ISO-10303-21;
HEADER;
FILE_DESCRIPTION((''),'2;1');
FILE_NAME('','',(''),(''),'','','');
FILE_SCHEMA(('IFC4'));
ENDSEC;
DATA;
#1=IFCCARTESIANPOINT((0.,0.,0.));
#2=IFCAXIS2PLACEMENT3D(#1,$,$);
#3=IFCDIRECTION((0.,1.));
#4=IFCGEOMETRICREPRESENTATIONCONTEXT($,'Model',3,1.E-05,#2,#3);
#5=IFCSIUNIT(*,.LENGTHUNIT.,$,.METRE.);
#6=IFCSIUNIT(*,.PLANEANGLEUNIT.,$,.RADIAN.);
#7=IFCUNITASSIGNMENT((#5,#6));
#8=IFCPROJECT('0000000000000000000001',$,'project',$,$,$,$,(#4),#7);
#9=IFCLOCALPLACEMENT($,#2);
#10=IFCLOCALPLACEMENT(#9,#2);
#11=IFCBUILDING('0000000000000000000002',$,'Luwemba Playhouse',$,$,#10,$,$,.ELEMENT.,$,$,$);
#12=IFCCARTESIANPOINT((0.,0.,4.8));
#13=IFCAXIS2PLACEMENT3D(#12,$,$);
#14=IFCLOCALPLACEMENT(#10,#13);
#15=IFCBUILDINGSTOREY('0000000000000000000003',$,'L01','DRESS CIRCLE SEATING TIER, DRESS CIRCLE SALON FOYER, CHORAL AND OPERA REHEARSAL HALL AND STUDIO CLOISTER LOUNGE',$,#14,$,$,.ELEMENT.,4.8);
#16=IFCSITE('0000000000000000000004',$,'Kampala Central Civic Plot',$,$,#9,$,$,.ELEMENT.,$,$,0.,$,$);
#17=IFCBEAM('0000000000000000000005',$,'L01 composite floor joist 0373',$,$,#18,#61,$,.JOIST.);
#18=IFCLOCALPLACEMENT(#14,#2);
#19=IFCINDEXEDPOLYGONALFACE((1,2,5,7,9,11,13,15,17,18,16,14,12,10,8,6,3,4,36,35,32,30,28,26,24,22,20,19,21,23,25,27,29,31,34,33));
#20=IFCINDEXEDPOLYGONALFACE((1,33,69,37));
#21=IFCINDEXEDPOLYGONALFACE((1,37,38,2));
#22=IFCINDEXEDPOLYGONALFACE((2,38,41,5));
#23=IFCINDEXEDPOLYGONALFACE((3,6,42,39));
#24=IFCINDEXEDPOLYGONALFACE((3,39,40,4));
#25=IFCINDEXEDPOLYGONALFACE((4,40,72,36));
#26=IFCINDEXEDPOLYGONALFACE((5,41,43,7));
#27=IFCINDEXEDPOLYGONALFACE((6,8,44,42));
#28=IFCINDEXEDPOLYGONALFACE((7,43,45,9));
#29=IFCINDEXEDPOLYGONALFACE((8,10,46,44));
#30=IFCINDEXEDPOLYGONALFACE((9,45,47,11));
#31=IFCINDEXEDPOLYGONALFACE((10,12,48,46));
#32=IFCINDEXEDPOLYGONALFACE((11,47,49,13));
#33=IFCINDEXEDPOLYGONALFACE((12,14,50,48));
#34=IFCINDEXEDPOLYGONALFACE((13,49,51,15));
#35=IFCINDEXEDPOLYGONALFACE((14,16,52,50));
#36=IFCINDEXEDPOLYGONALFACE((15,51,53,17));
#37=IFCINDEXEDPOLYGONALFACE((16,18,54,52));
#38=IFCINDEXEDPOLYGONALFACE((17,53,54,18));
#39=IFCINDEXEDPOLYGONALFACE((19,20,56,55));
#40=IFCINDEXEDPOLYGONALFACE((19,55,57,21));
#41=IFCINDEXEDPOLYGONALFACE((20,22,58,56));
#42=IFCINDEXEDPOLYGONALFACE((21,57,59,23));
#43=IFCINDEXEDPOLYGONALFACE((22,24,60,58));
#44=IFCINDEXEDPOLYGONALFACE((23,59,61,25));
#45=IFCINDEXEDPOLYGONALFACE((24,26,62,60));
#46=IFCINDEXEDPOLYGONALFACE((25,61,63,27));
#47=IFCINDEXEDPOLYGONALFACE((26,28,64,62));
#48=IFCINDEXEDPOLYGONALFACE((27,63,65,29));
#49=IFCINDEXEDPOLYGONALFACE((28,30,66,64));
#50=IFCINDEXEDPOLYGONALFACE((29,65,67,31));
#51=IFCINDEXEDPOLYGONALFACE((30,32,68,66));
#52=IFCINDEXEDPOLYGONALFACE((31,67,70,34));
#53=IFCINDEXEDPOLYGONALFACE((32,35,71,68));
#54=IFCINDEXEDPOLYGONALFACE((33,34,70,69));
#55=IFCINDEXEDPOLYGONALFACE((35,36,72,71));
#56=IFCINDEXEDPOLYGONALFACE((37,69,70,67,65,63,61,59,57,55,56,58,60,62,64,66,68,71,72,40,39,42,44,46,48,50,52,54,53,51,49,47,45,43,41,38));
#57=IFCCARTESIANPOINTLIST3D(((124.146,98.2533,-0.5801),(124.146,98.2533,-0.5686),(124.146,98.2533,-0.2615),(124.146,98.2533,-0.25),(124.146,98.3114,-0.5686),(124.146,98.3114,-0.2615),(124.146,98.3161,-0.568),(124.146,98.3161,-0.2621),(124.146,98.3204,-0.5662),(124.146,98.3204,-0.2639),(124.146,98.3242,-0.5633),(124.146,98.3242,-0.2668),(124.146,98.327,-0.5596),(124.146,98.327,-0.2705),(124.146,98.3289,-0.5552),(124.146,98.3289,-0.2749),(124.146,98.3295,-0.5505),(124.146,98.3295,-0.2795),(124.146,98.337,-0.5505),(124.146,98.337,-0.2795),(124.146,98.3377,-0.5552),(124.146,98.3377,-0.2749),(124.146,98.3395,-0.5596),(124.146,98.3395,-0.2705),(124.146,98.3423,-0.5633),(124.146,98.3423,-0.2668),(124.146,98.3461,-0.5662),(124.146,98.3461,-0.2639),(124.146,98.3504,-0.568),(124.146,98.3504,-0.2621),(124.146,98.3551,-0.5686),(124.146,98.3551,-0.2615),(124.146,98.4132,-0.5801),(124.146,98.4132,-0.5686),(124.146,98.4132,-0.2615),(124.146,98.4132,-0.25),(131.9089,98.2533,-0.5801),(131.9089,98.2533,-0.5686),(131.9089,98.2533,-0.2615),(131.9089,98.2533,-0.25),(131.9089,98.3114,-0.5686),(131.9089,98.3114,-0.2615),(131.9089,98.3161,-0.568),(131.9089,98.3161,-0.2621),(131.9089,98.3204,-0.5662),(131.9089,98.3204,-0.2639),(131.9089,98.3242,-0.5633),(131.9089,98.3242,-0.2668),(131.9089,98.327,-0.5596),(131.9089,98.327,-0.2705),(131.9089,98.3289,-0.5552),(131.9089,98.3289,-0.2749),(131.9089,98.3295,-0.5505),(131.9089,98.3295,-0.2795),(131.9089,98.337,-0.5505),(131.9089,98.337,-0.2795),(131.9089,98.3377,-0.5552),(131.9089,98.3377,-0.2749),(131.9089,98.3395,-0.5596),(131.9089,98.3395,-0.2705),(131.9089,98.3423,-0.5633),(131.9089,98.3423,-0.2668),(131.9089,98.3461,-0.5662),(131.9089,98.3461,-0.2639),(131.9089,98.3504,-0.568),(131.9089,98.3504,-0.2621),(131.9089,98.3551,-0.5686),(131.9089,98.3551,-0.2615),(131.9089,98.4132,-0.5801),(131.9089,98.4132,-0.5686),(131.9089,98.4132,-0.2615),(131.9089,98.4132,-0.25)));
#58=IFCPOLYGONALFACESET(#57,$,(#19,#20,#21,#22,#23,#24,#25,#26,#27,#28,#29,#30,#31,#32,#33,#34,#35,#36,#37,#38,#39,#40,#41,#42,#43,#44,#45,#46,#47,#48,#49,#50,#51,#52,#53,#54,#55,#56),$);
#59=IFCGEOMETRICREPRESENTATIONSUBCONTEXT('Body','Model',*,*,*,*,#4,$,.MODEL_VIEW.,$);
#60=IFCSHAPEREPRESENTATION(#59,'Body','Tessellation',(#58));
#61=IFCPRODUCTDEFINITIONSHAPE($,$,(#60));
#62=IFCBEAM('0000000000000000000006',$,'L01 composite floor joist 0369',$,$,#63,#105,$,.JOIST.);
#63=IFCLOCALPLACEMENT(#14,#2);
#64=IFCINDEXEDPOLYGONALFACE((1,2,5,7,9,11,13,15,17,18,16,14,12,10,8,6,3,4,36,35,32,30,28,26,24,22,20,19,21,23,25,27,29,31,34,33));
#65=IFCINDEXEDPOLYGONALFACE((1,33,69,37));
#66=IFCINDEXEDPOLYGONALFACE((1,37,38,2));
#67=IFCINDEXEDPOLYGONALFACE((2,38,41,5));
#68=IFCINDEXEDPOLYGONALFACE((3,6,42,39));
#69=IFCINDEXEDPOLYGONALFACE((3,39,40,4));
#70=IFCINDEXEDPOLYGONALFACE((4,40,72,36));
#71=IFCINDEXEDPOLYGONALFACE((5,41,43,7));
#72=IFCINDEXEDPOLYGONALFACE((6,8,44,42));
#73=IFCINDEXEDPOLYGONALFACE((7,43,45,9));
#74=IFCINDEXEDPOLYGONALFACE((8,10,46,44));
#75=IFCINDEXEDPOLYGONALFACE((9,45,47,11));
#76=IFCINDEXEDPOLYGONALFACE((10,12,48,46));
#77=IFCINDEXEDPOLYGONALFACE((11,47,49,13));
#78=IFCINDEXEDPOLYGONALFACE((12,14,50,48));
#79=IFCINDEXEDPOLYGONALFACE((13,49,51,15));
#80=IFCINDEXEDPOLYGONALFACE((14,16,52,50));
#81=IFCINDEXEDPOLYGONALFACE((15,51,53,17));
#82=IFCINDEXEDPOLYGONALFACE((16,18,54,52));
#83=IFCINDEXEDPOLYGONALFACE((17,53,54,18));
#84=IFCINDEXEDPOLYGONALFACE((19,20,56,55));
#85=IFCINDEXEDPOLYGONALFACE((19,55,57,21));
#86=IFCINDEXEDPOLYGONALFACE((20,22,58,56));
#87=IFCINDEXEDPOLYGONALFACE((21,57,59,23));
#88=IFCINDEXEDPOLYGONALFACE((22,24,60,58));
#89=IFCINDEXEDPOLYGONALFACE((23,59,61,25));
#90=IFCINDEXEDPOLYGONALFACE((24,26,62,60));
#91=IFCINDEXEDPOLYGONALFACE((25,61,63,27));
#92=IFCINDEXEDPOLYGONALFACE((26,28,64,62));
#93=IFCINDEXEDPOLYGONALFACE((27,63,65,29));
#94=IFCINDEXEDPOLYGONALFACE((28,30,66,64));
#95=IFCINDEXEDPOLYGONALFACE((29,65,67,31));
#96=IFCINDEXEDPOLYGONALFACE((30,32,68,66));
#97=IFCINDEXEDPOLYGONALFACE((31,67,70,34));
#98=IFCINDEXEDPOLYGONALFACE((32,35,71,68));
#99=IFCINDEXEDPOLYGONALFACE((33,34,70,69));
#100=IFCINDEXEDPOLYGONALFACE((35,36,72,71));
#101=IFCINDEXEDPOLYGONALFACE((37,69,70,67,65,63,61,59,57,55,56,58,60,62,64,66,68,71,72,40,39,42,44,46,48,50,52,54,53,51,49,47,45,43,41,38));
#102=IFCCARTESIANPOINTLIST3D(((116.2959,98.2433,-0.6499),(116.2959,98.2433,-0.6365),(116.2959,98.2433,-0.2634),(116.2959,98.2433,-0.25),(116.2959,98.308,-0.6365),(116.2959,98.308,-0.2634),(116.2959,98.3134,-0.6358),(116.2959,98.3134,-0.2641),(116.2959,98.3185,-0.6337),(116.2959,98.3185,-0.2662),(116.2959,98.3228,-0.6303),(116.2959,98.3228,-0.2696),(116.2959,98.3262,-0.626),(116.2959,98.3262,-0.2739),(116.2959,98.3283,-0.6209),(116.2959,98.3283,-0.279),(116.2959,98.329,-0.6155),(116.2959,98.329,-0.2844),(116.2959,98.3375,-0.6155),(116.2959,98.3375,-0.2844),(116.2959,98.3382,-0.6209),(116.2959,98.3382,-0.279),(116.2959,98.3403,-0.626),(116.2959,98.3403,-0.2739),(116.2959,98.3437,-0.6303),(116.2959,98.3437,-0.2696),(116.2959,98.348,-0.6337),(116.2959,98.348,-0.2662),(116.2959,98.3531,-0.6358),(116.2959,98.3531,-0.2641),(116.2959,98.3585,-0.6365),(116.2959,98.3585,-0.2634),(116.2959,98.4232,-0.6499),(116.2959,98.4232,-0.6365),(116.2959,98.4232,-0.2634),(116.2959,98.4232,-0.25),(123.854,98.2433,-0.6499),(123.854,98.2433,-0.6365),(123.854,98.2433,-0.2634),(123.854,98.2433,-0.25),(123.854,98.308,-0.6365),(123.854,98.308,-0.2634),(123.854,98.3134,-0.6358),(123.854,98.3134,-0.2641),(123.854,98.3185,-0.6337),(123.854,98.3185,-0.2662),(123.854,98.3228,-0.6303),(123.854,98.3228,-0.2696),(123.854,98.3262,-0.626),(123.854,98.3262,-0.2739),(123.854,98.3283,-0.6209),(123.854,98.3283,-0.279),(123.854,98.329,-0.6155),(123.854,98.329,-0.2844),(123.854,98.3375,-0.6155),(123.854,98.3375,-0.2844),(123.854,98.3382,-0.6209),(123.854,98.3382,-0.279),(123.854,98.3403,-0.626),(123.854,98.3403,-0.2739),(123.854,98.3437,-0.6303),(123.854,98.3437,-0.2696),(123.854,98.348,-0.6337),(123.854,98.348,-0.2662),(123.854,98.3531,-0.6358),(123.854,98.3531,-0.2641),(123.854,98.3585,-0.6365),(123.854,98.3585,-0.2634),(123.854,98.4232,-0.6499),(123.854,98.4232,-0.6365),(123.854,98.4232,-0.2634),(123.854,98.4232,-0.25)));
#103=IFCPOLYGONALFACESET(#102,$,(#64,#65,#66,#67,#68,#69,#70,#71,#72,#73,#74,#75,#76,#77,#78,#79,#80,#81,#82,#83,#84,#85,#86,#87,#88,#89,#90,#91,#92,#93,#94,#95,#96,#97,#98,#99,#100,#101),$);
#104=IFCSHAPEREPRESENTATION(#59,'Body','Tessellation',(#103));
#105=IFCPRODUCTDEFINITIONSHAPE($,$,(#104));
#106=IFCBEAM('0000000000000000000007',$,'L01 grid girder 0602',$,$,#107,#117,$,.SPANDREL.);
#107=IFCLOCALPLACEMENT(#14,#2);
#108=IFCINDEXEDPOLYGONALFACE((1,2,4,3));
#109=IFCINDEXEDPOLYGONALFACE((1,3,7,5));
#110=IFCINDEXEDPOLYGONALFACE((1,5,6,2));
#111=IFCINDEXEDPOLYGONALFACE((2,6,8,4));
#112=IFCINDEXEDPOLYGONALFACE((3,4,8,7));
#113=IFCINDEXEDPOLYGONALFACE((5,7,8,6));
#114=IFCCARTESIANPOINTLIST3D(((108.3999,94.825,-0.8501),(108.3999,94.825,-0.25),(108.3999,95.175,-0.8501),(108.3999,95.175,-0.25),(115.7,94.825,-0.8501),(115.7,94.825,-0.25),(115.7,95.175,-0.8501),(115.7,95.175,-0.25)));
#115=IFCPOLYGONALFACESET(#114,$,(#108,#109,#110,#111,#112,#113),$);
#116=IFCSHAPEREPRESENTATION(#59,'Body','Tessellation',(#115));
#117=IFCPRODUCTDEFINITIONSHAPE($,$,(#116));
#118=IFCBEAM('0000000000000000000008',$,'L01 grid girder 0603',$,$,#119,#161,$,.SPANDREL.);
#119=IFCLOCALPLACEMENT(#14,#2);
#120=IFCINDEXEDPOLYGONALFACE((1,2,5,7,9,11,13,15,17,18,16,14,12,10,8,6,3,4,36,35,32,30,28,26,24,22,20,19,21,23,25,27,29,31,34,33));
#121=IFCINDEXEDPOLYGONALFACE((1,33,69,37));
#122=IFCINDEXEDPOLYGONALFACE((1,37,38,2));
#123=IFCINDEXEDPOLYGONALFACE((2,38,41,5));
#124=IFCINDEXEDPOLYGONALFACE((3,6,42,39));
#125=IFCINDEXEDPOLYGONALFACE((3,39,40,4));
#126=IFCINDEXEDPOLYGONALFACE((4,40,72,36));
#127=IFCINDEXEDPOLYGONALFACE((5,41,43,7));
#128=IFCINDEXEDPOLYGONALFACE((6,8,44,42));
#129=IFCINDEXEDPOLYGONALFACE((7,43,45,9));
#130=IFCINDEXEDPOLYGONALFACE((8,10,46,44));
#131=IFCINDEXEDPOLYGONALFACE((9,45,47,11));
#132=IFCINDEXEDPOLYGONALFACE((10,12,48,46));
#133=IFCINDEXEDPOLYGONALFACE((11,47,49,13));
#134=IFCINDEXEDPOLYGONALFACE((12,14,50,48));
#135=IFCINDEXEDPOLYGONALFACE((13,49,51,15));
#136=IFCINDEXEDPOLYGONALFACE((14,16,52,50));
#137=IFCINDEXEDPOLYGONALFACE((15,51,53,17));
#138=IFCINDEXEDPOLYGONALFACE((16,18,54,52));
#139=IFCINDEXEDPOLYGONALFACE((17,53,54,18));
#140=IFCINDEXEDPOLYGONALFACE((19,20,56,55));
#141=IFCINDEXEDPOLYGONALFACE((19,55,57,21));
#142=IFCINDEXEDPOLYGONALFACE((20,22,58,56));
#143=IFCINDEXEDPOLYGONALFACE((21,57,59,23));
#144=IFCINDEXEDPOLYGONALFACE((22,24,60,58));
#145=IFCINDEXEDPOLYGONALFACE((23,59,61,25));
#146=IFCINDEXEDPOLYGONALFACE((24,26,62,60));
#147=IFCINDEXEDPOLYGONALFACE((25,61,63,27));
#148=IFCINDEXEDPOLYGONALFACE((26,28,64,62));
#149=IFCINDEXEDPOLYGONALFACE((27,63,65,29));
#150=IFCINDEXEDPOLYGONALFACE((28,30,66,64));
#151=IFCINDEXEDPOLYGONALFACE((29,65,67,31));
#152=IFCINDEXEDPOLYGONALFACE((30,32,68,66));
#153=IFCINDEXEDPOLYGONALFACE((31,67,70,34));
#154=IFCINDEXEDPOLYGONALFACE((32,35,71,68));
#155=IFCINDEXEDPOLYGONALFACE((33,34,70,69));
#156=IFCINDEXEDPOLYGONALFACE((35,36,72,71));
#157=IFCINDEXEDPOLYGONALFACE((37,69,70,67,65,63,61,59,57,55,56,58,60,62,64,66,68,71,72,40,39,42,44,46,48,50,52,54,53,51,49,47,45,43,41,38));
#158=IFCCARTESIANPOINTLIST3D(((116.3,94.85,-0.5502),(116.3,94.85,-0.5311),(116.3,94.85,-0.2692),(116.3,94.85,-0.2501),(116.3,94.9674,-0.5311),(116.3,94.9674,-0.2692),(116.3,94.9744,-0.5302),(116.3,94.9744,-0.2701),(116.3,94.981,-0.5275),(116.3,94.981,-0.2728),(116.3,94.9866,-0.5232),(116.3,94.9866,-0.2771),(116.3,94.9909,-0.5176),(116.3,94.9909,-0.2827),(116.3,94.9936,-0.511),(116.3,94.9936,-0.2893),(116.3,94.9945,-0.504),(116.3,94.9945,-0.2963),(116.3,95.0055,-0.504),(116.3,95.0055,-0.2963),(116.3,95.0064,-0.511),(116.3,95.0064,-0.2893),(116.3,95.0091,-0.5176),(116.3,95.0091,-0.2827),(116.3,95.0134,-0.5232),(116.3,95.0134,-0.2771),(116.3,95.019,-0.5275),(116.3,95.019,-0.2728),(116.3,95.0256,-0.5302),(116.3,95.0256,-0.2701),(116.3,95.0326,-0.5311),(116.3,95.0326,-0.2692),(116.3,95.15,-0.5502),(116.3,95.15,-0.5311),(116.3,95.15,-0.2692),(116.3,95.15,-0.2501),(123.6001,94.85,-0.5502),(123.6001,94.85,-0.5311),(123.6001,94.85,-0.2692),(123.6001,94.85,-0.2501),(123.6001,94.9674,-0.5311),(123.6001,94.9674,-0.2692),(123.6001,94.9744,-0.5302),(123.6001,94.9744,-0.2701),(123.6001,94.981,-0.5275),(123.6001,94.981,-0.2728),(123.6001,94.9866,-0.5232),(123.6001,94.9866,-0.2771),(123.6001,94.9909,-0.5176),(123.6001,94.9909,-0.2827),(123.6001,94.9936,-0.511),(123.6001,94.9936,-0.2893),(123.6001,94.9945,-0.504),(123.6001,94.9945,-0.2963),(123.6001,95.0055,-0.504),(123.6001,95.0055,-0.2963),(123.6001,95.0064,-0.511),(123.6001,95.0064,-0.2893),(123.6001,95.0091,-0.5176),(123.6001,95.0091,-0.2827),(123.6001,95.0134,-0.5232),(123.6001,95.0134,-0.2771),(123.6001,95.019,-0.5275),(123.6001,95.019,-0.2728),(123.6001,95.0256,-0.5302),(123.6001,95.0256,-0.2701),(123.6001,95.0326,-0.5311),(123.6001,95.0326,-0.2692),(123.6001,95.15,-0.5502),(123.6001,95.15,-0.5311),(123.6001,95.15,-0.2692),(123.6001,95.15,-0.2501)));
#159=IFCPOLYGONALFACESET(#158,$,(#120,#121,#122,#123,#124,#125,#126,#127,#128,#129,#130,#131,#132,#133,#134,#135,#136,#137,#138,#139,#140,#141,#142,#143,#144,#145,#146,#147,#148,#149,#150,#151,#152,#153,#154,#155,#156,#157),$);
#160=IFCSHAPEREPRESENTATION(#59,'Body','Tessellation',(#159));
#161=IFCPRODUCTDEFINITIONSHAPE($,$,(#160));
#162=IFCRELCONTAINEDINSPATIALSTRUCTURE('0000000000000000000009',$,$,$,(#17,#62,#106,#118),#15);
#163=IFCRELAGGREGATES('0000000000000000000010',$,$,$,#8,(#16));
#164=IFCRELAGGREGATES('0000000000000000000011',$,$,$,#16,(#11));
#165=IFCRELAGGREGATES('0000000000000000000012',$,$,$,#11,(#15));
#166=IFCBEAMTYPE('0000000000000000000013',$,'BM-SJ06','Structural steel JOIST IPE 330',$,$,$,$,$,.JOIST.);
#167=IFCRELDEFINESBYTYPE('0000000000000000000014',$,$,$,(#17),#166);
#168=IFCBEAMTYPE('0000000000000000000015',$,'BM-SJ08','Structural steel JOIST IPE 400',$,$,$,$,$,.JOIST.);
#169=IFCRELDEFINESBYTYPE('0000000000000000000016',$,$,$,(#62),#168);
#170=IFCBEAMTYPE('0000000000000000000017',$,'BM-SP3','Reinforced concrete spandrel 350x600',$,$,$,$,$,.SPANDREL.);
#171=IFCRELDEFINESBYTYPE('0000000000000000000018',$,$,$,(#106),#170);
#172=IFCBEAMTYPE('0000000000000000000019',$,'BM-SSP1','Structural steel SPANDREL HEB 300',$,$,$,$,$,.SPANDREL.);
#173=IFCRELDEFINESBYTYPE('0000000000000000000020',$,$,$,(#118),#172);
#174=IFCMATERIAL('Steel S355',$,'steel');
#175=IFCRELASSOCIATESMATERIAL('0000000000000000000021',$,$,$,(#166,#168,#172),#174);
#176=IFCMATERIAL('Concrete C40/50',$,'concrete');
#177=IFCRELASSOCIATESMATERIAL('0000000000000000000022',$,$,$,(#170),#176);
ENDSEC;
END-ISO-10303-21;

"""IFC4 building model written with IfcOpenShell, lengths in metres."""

from ifc_helpers import new_model, si_unit, direction, frame, origin, origin_2d, place, context, subcontext, project, spatial, rectangle, i_section, extrude, material, material_profile, profile_set, type_object, element, save


model = new_model("IFC4")

# Units and contexts
model_context = context("Model", 3, precision=1e-05, world=origin(), true_north=direction((0.0, 1.0)))
body_context = subcontext(model_context, "Body", "Model", "MODEL_VIEW")
ifc_project = project(units=[si_unit("LENGTHUNIT", "METRE"), si_unit("PLANEANGLEUNIT", "RADIAN")], contexts=[model_context])

# Site, building, storey
site_placement = place(None, origin())
site = spatial("IfcSite", under=ifc_project, at=site_placement, Name="Kampala Central Civic Plot", CompositionType="ELEMENT", RefElevation=0.0)
building_placement = place(site_placement, origin())
building = spatial("IfcBuilding", under=site, at=building_placement, Name="Luwemba Playhouse", CompositionType="ELEMENT")
storey_placement = place(building_placement, frame((0.0, 0.0, 4.8)))
storey = spatial("IfcBuildingStorey", under=building, at=storey_placement, Name="L01", Description="DRESS CIRCLE SEATING TIER, DRESS CIRCLE SALON FOYER, CHORAL AND OPERA REHEARSAL HALL AND STUDIO CLOISTER LOUNGE", CompositionType="ELEMENT", Elevation=4.8)

# Shared definitions
ifc_material_1 = material(Name="Concrete C40/50", Category="concrete")

# Beams
ifc_material_2 = material(Name="Steel S355", Category="steel")
ifc_material_profile_1 = material_profile(ifc_material_2, i_section(OverallWidth=0.1599, OverallDepth=0.3301, WebThickness=0.0076, FlangeThickness=0.0115, FilletRadius=0.0181, at=origin_2d()))
ifc_profile_set_1 = profile_set([ifc_material_profile_1], Name="Steel S355")
beam_type_1 = type_object("IfcBeamType", Name="BM-SJ06", Description="Structural steel JOIST IPE 330", PredefinedType="JOIST", material=ifc_profile_set_1)
beam_1_placement = place(storey_placement, frame((124.146, 98.3333, -0.415), z_axis=(1.0, 0.0, 0.0), x_axis=(0.0, 1.0, 0.0)))
element("IfcBeam", 1, at=beam_1_placement, inside=storey, type_object=beam_type_1, Name="L01 composite floor joist 0373", PredefinedType="JOIST", context=body_context, shape_type="SweptSolid", body=[
    extrude(i_section(OverallWidth=0.1599, OverallDepth=0.3301, WebThickness=0.0076, FlangeThickness=0.0115, FilletRadius=0.0181, at=origin_2d()), origin(), (0.0, 0.0, 1.0), 7.7629),
])
ifc_material_profile_2 = material_profile(ifc_material_2, i_section(OverallWidth=0.1799, OverallDepth=0.3999, WebThickness=0.0085, FlangeThickness=0.0134, FilletRadius=0.021, at=origin_2d()))
ifc_profile_set_2 = profile_set([ifc_material_profile_2], Name="Steel S355")
beam_type_2 = type_object("IfcBeamType", Name="BM-SJ08", Description="Structural steel JOIST IPE 400", PredefinedType="JOIST", material=ifc_profile_set_2)
beam_2_placement = place(storey_placement, frame((116.2959, 98.3333, -0.45), z_axis=(1.0, 0.0, 0.0), x_axis=(0.0, 1.0, 0.0)))
element("IfcBeam", 2, at=beam_2_placement, inside=storey, type_object=beam_type_2, Name="L01 composite floor joist 0369", PredefinedType="JOIST", context=body_context, shape_type="SweptSolid", body=[
    extrude(i_section(OverallWidth=0.1799, OverallDepth=0.3999, WebThickness=0.0085, FlangeThickness=0.0134, FilletRadius=0.021, at=origin_2d()), origin(), (0.0, 0.0, 1.0), 7.5581),
])
ifc_material_profile_3 = material_profile(ifc_material_1, rectangle(XDim=0.3501, YDim=0.6001, at=origin_2d()))
ifc_profile_set_3 = profile_set([ifc_material_profile_3], Name="Concrete C40/50")
beam_type_3 = type_object("IfcBeamType", Name="BM-SP3", Description="Reinforced concrete spandrel 350x600", PredefinedType="SPANDREL", material=ifc_profile_set_3)
beam_3_placement = place(storey_placement, frame((108.3999, 95.0, -0.55), z_axis=(1.0, 0.0, 0.0), x_axis=(0.0, 1.0, 0.0)))
element("IfcBeam", 3, at=beam_3_placement, inside=storey, type_object=beam_type_3, Name="L01 grid girder 0602", PredefinedType="SPANDREL", context=body_context, shape_type="SweptSolid", body=[
    extrude(rectangle(XDim=0.3501, YDim=0.6001, at=origin_2d()), origin(), (0.0, 0.0, 1.0), 7.3),
])
ifc_material_profile_4 = material_profile(ifc_material_2, i_section(OverallWidth=0.3, OverallDepth=0.3, WebThickness=0.011, FlangeThickness=0.019, FilletRadius=0.0271, at=origin_2d()))
ifc_profile_set_4 = profile_set([ifc_material_profile_4], Name="Steel S355")
beam_type_4 = type_object("IfcBeamType", Name="BM-SSP1", Description="Structural steel SPANDREL HEB 300", PredefinedType="SPANDREL", material=ifc_profile_set_4)
beam_4_placement = place(storey_placement, frame((116.3, 95.0, -0.4001), z_axis=(1.0, 0.0, 0.0), x_axis=(0.0, 1.0, 0.0)))
element("IfcBeam", 4, at=beam_4_placement, inside=storey, type_object=beam_type_4, Name="L01 grid girder 0603", PredefinedType="SPANDREL", context=body_context, shape_type="SweptSolid", body=[
    extrude(i_section(OverallWidth=0.3, OverallDepth=0.3, WebThickness=0.011, FlangeThickness=0.019, FilletRadius=0.0271, at=origin_2d()), origin(), (0.0, 0.0, 1.0), 7.3),
])

save(model, "model.ifc")
